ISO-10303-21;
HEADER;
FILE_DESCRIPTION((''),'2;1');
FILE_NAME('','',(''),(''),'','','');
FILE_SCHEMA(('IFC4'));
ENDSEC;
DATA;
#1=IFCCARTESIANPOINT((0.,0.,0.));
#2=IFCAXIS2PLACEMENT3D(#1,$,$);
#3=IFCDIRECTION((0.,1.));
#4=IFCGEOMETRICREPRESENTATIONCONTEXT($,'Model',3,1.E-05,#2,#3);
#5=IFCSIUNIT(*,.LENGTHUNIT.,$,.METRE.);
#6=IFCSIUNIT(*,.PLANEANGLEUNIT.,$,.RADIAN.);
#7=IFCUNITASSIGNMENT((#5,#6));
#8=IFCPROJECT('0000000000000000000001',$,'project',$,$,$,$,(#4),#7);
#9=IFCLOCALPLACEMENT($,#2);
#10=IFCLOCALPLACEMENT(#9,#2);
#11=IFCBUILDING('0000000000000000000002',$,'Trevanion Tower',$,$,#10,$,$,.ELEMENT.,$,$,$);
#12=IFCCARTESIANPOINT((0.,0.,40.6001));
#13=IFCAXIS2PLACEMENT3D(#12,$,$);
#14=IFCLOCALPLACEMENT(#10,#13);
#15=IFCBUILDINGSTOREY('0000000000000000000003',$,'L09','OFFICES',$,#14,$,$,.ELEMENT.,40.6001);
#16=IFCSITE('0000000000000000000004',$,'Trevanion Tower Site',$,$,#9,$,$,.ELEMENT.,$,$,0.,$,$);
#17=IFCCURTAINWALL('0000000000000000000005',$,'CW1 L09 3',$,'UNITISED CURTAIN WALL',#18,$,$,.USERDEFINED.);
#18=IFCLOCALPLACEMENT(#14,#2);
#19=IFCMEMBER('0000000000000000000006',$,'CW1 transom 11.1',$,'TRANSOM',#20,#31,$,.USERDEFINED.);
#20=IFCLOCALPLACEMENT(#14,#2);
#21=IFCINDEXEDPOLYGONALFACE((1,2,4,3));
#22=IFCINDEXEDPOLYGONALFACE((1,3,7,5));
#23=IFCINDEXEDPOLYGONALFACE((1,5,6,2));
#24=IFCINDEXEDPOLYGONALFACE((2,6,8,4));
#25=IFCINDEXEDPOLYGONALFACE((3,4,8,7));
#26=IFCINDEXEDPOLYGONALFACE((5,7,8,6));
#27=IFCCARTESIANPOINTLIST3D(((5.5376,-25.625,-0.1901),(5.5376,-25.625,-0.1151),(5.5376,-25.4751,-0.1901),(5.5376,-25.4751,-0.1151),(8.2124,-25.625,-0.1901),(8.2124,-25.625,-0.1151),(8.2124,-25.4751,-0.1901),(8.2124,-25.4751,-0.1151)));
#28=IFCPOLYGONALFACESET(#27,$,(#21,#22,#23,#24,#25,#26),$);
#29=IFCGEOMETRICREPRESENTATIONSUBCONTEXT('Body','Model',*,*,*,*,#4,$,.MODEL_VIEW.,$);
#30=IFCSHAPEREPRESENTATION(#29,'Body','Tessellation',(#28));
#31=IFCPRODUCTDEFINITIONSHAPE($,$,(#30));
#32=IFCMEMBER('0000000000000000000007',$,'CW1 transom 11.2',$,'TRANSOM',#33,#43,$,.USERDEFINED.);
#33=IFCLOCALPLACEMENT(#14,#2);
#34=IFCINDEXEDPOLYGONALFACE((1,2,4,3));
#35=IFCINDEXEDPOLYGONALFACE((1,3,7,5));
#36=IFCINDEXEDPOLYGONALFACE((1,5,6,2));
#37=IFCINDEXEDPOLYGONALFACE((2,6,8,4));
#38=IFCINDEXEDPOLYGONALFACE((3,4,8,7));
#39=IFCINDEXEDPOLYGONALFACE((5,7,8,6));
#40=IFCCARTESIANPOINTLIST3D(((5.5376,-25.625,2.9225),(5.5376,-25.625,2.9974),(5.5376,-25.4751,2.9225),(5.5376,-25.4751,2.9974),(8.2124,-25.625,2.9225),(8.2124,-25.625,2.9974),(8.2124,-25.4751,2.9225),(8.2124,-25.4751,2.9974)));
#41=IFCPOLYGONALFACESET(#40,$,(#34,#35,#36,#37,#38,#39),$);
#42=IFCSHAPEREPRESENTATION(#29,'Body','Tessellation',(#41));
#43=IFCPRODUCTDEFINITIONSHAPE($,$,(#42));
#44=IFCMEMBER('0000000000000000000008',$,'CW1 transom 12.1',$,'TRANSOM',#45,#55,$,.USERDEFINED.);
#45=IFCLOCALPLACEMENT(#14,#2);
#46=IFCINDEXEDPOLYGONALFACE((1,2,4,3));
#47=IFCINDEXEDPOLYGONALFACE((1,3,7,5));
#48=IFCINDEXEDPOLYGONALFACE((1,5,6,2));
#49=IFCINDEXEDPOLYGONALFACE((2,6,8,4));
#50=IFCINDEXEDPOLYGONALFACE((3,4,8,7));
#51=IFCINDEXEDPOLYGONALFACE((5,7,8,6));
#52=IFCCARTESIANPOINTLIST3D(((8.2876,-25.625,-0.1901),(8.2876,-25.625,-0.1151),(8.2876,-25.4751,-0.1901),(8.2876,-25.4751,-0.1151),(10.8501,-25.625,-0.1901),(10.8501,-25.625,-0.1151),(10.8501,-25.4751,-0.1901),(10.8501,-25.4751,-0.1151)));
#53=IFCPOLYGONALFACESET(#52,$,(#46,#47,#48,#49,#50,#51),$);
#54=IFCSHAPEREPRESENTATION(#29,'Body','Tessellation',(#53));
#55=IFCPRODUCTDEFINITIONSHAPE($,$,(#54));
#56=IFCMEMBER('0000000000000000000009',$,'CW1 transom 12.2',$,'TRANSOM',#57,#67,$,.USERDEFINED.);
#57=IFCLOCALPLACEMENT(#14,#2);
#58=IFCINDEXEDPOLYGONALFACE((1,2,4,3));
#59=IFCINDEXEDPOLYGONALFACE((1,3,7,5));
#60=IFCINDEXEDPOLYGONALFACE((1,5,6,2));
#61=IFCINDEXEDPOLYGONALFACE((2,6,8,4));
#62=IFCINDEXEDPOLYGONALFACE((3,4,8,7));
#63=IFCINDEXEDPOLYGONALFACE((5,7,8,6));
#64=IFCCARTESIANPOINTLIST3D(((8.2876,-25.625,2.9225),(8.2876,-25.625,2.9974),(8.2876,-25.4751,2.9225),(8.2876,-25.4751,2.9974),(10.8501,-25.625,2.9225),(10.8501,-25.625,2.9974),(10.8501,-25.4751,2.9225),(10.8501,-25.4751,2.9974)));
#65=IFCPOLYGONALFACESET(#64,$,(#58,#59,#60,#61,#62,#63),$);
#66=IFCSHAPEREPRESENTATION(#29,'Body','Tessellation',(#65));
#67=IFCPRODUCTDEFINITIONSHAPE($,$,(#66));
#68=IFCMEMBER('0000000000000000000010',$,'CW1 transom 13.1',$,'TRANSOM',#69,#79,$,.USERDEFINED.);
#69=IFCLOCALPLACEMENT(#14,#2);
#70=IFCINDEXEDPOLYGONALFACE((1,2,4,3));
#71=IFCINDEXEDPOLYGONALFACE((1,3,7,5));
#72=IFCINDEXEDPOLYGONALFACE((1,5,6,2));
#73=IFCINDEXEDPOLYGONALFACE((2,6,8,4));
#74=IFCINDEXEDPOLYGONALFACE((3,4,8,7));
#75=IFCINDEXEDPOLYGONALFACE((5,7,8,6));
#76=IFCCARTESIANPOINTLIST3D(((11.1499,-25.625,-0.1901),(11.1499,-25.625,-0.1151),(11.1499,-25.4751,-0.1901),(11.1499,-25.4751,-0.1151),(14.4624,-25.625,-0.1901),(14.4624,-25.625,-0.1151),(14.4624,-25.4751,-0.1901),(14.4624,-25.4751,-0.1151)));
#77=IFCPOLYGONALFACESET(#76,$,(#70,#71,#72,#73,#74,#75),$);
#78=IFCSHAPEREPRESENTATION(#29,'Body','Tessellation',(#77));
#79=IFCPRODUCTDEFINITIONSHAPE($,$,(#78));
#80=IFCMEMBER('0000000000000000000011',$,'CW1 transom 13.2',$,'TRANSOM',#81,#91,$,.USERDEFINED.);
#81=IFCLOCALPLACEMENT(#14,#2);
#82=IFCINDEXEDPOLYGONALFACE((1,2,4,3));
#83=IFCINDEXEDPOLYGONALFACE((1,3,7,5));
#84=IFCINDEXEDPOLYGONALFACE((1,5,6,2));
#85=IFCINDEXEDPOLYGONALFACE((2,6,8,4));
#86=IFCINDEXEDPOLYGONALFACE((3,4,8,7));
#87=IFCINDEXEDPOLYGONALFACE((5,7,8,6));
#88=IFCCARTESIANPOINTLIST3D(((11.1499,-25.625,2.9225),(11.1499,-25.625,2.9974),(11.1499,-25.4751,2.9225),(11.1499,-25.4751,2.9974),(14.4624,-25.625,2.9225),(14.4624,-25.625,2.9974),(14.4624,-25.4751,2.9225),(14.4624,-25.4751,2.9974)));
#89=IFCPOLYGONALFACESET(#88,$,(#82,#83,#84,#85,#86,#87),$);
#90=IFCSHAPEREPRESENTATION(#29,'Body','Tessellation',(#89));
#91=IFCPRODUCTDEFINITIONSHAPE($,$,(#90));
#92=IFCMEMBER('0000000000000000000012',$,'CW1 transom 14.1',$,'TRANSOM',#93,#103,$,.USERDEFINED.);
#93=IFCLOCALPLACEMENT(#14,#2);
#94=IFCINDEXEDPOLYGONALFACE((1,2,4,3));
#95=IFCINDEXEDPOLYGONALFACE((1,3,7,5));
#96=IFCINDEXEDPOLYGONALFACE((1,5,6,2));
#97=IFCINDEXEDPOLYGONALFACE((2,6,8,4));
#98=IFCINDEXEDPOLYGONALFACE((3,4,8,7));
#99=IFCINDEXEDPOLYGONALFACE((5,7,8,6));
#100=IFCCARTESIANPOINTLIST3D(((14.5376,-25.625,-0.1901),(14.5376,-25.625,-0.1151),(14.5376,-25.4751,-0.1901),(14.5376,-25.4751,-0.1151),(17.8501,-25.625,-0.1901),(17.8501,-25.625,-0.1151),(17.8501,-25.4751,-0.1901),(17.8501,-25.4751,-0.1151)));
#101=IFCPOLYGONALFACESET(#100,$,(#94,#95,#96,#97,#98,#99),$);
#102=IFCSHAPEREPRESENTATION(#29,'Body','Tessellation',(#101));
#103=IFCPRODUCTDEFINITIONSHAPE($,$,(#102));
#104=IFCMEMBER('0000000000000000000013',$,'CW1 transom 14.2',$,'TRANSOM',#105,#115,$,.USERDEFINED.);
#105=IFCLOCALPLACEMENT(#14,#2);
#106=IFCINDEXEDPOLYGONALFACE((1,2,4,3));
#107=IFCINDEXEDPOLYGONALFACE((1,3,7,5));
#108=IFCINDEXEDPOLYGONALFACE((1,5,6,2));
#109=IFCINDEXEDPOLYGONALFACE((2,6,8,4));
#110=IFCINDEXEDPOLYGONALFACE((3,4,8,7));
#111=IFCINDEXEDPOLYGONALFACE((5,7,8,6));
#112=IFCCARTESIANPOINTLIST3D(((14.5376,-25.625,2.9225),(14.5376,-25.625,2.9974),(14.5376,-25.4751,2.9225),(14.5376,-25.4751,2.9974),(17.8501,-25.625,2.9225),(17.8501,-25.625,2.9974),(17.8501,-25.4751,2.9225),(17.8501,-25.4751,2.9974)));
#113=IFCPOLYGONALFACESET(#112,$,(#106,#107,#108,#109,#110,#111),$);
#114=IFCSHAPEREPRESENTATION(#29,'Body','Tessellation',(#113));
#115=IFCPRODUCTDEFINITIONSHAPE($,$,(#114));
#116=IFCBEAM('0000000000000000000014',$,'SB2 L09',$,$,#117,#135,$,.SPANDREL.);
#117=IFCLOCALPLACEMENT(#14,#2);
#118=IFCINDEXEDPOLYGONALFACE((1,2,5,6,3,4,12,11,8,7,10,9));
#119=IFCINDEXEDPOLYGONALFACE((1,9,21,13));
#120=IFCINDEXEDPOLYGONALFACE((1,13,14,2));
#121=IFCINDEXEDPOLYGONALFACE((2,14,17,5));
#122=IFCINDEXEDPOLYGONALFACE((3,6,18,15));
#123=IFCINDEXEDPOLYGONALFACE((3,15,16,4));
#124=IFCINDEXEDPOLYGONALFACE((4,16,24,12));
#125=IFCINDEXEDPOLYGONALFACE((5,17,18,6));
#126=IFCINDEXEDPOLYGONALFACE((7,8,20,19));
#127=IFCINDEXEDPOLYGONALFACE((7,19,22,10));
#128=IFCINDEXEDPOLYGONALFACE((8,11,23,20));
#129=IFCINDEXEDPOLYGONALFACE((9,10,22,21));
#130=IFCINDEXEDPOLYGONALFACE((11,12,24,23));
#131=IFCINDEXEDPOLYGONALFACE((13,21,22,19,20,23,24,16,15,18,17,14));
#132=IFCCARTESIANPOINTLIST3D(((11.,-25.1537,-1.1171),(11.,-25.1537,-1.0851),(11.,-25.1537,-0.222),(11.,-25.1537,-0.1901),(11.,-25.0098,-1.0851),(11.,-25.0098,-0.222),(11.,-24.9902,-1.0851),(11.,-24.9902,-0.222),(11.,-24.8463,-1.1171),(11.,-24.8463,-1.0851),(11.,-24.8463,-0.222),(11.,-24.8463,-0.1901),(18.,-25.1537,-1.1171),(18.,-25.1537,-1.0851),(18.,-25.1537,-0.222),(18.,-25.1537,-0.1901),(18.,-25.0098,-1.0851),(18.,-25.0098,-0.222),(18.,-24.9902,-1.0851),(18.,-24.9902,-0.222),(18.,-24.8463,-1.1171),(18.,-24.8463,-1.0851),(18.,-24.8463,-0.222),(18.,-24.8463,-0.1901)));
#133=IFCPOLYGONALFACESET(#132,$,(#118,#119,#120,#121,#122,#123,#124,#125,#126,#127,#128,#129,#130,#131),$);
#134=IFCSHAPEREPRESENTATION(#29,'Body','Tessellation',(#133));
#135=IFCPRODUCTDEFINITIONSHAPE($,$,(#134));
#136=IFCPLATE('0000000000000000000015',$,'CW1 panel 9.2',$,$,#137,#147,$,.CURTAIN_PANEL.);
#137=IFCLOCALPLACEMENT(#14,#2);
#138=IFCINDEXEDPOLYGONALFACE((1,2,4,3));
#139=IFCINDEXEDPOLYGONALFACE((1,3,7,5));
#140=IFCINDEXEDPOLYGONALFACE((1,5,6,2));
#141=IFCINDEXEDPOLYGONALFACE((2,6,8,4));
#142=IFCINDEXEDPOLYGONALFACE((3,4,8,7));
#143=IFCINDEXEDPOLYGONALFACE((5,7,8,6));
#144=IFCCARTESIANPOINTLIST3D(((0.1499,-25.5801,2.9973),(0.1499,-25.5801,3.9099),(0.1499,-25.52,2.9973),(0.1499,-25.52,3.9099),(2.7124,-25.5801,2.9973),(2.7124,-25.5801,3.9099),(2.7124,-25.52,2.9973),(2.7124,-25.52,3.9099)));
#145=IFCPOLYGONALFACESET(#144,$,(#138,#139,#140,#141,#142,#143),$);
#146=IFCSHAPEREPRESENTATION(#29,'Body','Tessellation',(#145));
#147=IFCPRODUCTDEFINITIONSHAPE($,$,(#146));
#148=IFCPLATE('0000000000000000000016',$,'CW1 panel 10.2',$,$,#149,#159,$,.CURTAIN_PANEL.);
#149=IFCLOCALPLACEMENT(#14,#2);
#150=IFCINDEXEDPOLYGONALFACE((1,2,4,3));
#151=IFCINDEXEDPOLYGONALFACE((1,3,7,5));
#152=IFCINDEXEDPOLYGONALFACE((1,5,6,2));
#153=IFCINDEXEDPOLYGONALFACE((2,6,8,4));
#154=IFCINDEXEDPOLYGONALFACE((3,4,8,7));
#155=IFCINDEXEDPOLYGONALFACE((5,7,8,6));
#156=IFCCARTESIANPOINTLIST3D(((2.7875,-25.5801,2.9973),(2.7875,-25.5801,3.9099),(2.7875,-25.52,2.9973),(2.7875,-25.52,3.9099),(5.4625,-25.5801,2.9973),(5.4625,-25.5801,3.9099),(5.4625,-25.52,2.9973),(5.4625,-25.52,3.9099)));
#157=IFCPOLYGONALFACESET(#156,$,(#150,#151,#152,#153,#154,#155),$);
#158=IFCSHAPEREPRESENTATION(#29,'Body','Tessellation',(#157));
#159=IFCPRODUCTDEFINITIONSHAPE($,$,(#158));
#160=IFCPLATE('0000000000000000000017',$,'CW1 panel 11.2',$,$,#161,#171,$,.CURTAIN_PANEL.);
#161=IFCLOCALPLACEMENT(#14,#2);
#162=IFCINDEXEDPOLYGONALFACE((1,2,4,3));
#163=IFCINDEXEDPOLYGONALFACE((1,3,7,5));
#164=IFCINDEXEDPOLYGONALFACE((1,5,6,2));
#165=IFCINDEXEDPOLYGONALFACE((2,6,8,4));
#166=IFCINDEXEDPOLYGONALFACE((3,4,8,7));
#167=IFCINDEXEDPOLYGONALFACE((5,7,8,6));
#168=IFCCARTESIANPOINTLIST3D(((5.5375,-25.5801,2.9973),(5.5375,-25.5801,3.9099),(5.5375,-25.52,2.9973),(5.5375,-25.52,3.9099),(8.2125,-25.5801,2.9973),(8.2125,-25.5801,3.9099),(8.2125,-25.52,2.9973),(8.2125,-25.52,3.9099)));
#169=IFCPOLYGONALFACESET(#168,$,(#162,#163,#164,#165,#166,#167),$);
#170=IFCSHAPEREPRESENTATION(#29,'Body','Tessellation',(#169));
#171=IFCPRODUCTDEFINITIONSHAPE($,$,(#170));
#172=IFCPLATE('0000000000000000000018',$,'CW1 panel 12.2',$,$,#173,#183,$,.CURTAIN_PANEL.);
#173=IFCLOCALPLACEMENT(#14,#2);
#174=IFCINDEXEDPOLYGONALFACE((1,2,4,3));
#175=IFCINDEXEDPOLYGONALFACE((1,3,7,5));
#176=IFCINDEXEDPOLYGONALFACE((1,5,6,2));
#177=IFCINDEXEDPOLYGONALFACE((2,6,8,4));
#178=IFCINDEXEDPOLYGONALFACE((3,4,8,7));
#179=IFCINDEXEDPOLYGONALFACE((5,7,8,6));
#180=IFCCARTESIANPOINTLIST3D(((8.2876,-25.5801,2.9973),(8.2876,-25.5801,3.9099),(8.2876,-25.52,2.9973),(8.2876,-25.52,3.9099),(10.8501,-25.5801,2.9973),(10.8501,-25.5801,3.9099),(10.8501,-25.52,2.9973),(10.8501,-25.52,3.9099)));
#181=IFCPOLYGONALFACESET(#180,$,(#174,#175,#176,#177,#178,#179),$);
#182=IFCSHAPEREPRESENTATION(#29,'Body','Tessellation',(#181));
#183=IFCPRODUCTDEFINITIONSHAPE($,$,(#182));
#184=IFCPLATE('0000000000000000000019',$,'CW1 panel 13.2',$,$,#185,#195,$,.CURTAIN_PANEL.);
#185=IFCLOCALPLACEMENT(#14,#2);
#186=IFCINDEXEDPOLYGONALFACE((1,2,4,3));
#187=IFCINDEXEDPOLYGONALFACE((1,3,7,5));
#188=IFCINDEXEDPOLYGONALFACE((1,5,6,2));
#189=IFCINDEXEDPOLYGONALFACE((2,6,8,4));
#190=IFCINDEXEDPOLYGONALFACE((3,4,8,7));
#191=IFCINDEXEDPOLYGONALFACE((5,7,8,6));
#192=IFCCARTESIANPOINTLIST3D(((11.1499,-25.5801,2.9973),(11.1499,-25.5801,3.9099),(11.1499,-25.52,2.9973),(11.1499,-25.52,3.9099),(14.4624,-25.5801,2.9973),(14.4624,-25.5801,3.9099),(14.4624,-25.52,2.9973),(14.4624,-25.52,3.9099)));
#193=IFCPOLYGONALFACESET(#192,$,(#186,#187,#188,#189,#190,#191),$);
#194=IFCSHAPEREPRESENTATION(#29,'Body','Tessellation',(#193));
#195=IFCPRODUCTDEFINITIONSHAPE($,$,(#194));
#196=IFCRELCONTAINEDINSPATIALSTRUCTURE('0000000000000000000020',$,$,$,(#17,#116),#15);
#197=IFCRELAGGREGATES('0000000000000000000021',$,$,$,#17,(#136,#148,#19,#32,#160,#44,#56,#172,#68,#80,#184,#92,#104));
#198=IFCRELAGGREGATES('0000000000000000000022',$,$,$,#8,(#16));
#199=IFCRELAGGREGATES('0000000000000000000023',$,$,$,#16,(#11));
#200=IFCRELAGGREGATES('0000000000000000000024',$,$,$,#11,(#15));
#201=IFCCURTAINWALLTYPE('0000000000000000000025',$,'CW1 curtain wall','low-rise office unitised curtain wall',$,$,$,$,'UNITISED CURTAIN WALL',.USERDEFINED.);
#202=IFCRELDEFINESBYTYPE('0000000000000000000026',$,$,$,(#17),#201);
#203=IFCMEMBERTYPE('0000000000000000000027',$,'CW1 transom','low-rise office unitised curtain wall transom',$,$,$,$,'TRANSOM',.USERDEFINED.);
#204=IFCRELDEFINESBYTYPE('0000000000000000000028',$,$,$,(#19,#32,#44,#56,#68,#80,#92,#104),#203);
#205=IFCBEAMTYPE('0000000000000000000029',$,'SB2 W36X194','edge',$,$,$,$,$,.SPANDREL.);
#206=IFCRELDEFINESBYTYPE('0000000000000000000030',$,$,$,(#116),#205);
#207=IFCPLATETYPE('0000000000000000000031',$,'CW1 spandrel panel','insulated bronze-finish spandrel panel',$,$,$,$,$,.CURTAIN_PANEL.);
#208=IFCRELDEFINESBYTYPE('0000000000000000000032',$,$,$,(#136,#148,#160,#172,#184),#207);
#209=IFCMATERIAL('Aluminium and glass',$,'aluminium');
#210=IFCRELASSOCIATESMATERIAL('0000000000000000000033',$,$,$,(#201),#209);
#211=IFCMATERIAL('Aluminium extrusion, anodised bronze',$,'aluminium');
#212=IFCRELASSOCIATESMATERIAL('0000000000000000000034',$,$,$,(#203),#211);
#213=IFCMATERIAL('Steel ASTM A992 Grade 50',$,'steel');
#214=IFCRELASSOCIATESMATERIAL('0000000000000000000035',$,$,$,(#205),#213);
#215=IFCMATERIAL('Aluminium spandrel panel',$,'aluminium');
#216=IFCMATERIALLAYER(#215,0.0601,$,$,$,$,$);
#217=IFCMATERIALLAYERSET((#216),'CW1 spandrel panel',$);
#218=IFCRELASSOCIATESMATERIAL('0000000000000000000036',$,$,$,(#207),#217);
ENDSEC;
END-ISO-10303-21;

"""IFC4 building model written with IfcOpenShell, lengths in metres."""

from ifc_helpers import new_model, si_unit, direction, frame, origin, origin_2d, place, context, subcontext, project, spatial, rectangle, i_section, extrude, material, layer, layer_set, material_profile, profile_set, type_object, element, aggregate, save


model = new_model("IFC4")

# Units and contexts
model_context = context("Model", 3, precision=1e-05, world=origin(), true_north=direction((0.0, 1.0)))
body_context = subcontext(model_context, "Body", "Model", "MODEL_VIEW")
ifc_project = project(units=[si_unit("LENGTHUNIT", "METRE"), si_unit("PLANEANGLEUNIT", "RADIAN")], contexts=[model_context])

# Site, building, storey
site_placement = place(None, origin())
site = spatial("IfcSite", under=ifc_project, at=site_placement, Name="Trevanion Tower Site", CompositionType="ELEMENT", RefElevation=0.0)
building_placement = place(site_placement, origin())
building = spatial("IfcBuilding", under=site, at=building_placement, Name="Trevanion Tower", CompositionType="ELEMENT")
storey_placement = place(building_placement, frame((0.0, 0.0, 40.6001)))
storey = spatial("IfcBuildingStorey", under=building, at=storey_placement, Name="L09", Description="OFFICES", CompositionType="ELEMENT", Elevation=40.6001)

# Curtain wall, members
ifc_material_1 = material(Name="Aluminium and glass", Category="aluminium")
curtain_wall_type = type_object("IfcCurtainWallType", Name="CW1 curtain wall", Description="low-rise office unitised curtain wall", ElementType="UNITISED CURTAIN WALL", PredefinedType="USERDEFINED", material=ifc_material_1)
curtain_wall_placement = place(storey_placement, origin())
curtain_wall = element("IfcCurtainWall", 1, at=curtain_wall_placement, inside=storey, type_object=curtain_wall_type, Name="CW1 L09 3", ObjectType="UNITISED CURTAIN WALL", PredefinedType="USERDEFINED")
ifc_material_2 = material(Name="Aluminium extrusion, anodised bronze", Category="aluminium")
ifc_material_profile_1 = material_profile(ifc_material_2, rectangle(XDim=0.1499, YDim=0.075, at=origin_2d()), Name="CW1 transom")
ifc_profile_set_1 = profile_set([ifc_material_profile_1], Name="Aluminium extrusion, anodised bronze")
member_type_1 = type_object("IfcMemberType", Name="CW1 transom", Description="low-rise office unitised curtain wall transom", ElementType="TRANSOM", PredefinedType="USERDEFINED", material=ifc_profile_set_1)
member_1_placement = place(storey_placement, frame((5.5376, -25.55, -0.1526), z_axis=(1.0, 0.0, 0.0), x_axis=(0.0, 1.0, 0.0)))
member_1 = element("IfcMember", 2, at=member_1_placement, type_object=member_type_1, Name="CW1 transom 11.1", ObjectType="TRANSOM", PredefinedType="USERDEFINED", context=body_context, shape_type="SweptSolid", body=[
    extrude(rectangle(XDim=0.1499, YDim=0.075, at=origin_2d()), origin(), (0.0, 0.0, 1.0), 2.6748),
])
member_2_placement = place(storey_placement, frame((5.5376, -25.55, 2.96), z_axis=(1.0, 0.0, 0.0), x_axis=(0.0, 1.0, 0.0)))
member_2 = element("IfcMember", 3, at=member_2_placement, type_object=member_type_1, Name="CW1 transom 11.2", ObjectType="TRANSOM", PredefinedType="USERDEFINED", context=body_context, shape_type="SweptSolid", body=[
    extrude(rectangle(XDim=0.1499, YDim=0.075, at=origin_2d()), origin(), (0.0, 0.0, 1.0), 2.6748),
])
member_3_placement = place(storey_placement, frame((8.2876, -25.55, -0.1526), z_axis=(1.0, 0.0, 0.0), x_axis=(0.0, 1.0, 0.0)))
member_3 = element("IfcMember", 4, at=member_3_placement, type_object=member_type_1, Name="CW1 transom 12.1", ObjectType="TRANSOM", PredefinedType="USERDEFINED", context=body_context, shape_type="SweptSolid", body=[
    extrude(rectangle(XDim=0.1499, YDim=0.075, at=origin_2d()), origin(), (0.0, 0.0, 1.0), 2.5625),
])
member_4_placement = place(storey_placement, frame((8.2876, -25.55, 2.96), z_axis=(1.0, 0.0, 0.0), x_axis=(0.0, 1.0, 0.0)))
member_4 = element("IfcMember", 5, at=member_4_placement, type_object=member_type_1, Name="CW1 transom 12.2", ObjectType="TRANSOM", PredefinedType="USERDEFINED", context=body_context, shape_type="SweptSolid", body=[
    extrude(rectangle(XDim=0.1499, YDim=0.075, at=origin_2d()), origin(), (0.0, 0.0, 1.0), 2.5625),
])
member_5_placement = place(storey_placement, frame((11.1499, -25.55, -0.1526), z_axis=(1.0, 0.0, 0.0), x_axis=(0.0, 1.0, 0.0)))
member_5 = element("IfcMember", 6, at=member_5_placement, type_object=member_type_1, Name="CW1 transom 13.1", ObjectType="TRANSOM", PredefinedType="USERDEFINED", context=body_context, shape_type="SweptSolid", body=[
    extrude(rectangle(XDim=0.1499, YDim=0.075, at=origin_2d()), origin(), (0.0, 0.0, 1.0), 3.3125),
])
member_6_placement = place(storey_placement, frame((11.1499, -25.55, 2.96), z_axis=(1.0, 0.0, 0.0), x_axis=(0.0, 1.0, 0.0)))
member_6 = element("IfcMember", 7, at=member_6_placement, type_object=member_type_1, Name="CW1 transom 13.2", ObjectType="TRANSOM", PredefinedType="USERDEFINED", context=body_context, shape_type="SweptSolid", body=[
    extrude(rectangle(XDim=0.1499, YDim=0.075, at=origin_2d()), origin(), (0.0, 0.0, 1.0), 3.3125),
])
member_7_placement = place(storey_placement, frame((14.5376, -25.55, -0.1526), z_axis=(1.0, 0.0, 0.0), x_axis=(0.0, 1.0, 0.0)))
member_7 = element("IfcMember", 8, at=member_7_placement, type_object=member_type_1, Name="CW1 transom 14.1", ObjectType="TRANSOM", PredefinedType="USERDEFINED", context=body_context, shape_type="SweptSolid", body=[
    extrude(rectangle(XDim=0.1499, YDim=0.075, at=origin_2d()), origin(), (0.0, 0.0, 1.0), 3.3125),
])
member_8_placement = place(storey_placement, frame((14.5376, -25.55, 2.96), z_axis=(1.0, 0.0, 0.0), x_axis=(0.0, 1.0, 0.0)))
member_8 = element("IfcMember", 9, at=member_8_placement, type_object=member_type_1, Name="CW1 transom 14.2", ObjectType="TRANSOM", PredefinedType="USERDEFINED", context=body_context, shape_type="SweptSolid", body=[
    extrude(rectangle(XDim=0.1499, YDim=0.075, at=origin_2d()), origin(), (0.0, 0.0, 1.0), 3.3125),
])

# Beam
ifc_material_3 = material(Name="Steel ASTM A992 Grade 50", Category="steel")
ifc_material_profile_2 = material_profile(ifc_material_3, i_section(OverallWidth=0.3074, OverallDepth=0.927, WebThickness=0.0195, FlangeThickness=0.032, at=origin_2d()), Name="W36X194")
ifc_profile_set_2 = profile_set([ifc_material_profile_2], Name="Steel ASTM A992 Grade 50")
beam_type_1 = type_object("IfcBeamType", Name="SB2 W36X194", Description="edge", PredefinedType="SPANDREL", material=ifc_profile_set_2)
beam_placement = place(storey_placement, frame((11.0, -25.0, -0.6536), z_axis=(1.0, 0.0, 0.0), x_axis=(0.0, 1.0, 0.0)))
element("IfcBeam", 10, at=beam_placement, inside=storey, type_object=beam_type_1, Name="SB2 L09", PredefinedType="SPANDREL", context=body_context, shape_type="SweptSolid", body=[
    extrude(i_section(OverallWidth=0.3074, OverallDepth=0.927, WebThickness=0.0195, FlangeThickness=0.032, at=origin_2d()), origin(), (0.0, 0.0, 1.0), 7.0),
])

# Plates
ifc_material_4 = material(Name="Aluminium spandrel panel", Category="aluminium")
ifc_layer_1 = layer(ifc_material_4, 0.0601)
ifc_layer_set_1 = layer_set([ifc_layer_1], Name="CW1 spandrel panel")
plate_type_1 = type_object("IfcPlateType", Name="CW1 spandrel panel", Description="insulated bronze-finish spandrel panel", PredefinedType="CURTAIN_PANEL", material=ifc_layer_set_1)
plate_1_placement = place(storey_placement, frame((1.4312, -25.55, 2.9973), z_axis=(0.0, 0.0, 1.0), x_axis=(1.0, 0.0, 0.0)))
plate_1 = element("IfcPlate", 11, at=plate_1_placement, type_object=plate_type_1, Name="CW1 panel 9.2", PredefinedType="CURTAIN_PANEL", context=body_context, shape_type="SweptSolid", body=[
    extrude(rectangle(XDim=2.5625, YDim=0.0601, at=origin_2d()), origin(), (0.0, 0.0, 1.0), 0.9126),
])
plate_2_placement = place(storey_placement, frame((4.125, -25.55, 2.9973), z_axis=(0.0, 0.0, 1.0), x_axis=(1.0, 0.0, 0.0)))
plate_2 = element("IfcPlate", 12, at=plate_2_placement, type_object=plate_type_1, Name="CW1 panel 10.2", PredefinedType="CURTAIN_PANEL", context=body_context, shape_type="SweptSolid", body=[
    extrude(rectangle(XDim=2.675, YDim=0.0601, at=origin_2d()), origin(), (0.0, 0.0, 1.0), 0.9126),
])
plate_3_placement = place(storey_placement, frame((6.875, -25.55, 2.9973), z_axis=(0.0, 0.0, 1.0), x_axis=(1.0, 0.0, 0.0)))
plate_3 = element("IfcPlate", 13, at=plate_3_placement, type_object=plate_type_1, Name="CW1 panel 11.2", PredefinedType="CURTAIN_PANEL", context=body_context, shape_type="SweptSolid", body=[
    extrude(rectangle(XDim=2.675, YDim=0.0601, at=origin_2d()), origin(), (0.0, 0.0, 1.0), 0.9126),
])
plate_4_placement = place(storey_placement, frame((9.5688, -25.55, 2.9973), z_axis=(0.0, 0.0, 1.0), x_axis=(1.0, 0.0, 0.0)))
plate_4 = element("IfcPlate", 14, at=plate_4_placement, type_object=plate_type_1, Name="CW1 panel 12.2", PredefinedType="CURTAIN_PANEL", context=body_context, shape_type="SweptSolid", body=[
    extrude(rectangle(XDim=2.5625, YDim=0.0601, at=origin_2d()), origin(), (0.0, 0.0, 1.0), 0.9126),
])
plate_5_placement = place(storey_placement, frame((12.8062, -25.55, 2.9973), z_axis=(0.0, 0.0, 1.0), x_axis=(1.0, 0.0, 0.0)))
plate_5 = element("IfcPlate", 15, at=plate_5_placement, type_object=plate_type_1, Name="CW1 panel 13.2", PredefinedType="CURTAIN_PANEL", context=body_context, shape_type="SweptSolid", body=[
    extrude(rectangle(XDim=3.3125, YDim=0.0601, at=origin_2d()), origin(), (0.0, 0.0, 1.0), 0.9126),
])
aggregate(curtain_wall, [plate_1, plate_2, member_1, member_2, plate_3, member_3, member_4, plate_4, member_5, member_6, plate_5, member_7, member_8])

save(model, "model.ifc")
